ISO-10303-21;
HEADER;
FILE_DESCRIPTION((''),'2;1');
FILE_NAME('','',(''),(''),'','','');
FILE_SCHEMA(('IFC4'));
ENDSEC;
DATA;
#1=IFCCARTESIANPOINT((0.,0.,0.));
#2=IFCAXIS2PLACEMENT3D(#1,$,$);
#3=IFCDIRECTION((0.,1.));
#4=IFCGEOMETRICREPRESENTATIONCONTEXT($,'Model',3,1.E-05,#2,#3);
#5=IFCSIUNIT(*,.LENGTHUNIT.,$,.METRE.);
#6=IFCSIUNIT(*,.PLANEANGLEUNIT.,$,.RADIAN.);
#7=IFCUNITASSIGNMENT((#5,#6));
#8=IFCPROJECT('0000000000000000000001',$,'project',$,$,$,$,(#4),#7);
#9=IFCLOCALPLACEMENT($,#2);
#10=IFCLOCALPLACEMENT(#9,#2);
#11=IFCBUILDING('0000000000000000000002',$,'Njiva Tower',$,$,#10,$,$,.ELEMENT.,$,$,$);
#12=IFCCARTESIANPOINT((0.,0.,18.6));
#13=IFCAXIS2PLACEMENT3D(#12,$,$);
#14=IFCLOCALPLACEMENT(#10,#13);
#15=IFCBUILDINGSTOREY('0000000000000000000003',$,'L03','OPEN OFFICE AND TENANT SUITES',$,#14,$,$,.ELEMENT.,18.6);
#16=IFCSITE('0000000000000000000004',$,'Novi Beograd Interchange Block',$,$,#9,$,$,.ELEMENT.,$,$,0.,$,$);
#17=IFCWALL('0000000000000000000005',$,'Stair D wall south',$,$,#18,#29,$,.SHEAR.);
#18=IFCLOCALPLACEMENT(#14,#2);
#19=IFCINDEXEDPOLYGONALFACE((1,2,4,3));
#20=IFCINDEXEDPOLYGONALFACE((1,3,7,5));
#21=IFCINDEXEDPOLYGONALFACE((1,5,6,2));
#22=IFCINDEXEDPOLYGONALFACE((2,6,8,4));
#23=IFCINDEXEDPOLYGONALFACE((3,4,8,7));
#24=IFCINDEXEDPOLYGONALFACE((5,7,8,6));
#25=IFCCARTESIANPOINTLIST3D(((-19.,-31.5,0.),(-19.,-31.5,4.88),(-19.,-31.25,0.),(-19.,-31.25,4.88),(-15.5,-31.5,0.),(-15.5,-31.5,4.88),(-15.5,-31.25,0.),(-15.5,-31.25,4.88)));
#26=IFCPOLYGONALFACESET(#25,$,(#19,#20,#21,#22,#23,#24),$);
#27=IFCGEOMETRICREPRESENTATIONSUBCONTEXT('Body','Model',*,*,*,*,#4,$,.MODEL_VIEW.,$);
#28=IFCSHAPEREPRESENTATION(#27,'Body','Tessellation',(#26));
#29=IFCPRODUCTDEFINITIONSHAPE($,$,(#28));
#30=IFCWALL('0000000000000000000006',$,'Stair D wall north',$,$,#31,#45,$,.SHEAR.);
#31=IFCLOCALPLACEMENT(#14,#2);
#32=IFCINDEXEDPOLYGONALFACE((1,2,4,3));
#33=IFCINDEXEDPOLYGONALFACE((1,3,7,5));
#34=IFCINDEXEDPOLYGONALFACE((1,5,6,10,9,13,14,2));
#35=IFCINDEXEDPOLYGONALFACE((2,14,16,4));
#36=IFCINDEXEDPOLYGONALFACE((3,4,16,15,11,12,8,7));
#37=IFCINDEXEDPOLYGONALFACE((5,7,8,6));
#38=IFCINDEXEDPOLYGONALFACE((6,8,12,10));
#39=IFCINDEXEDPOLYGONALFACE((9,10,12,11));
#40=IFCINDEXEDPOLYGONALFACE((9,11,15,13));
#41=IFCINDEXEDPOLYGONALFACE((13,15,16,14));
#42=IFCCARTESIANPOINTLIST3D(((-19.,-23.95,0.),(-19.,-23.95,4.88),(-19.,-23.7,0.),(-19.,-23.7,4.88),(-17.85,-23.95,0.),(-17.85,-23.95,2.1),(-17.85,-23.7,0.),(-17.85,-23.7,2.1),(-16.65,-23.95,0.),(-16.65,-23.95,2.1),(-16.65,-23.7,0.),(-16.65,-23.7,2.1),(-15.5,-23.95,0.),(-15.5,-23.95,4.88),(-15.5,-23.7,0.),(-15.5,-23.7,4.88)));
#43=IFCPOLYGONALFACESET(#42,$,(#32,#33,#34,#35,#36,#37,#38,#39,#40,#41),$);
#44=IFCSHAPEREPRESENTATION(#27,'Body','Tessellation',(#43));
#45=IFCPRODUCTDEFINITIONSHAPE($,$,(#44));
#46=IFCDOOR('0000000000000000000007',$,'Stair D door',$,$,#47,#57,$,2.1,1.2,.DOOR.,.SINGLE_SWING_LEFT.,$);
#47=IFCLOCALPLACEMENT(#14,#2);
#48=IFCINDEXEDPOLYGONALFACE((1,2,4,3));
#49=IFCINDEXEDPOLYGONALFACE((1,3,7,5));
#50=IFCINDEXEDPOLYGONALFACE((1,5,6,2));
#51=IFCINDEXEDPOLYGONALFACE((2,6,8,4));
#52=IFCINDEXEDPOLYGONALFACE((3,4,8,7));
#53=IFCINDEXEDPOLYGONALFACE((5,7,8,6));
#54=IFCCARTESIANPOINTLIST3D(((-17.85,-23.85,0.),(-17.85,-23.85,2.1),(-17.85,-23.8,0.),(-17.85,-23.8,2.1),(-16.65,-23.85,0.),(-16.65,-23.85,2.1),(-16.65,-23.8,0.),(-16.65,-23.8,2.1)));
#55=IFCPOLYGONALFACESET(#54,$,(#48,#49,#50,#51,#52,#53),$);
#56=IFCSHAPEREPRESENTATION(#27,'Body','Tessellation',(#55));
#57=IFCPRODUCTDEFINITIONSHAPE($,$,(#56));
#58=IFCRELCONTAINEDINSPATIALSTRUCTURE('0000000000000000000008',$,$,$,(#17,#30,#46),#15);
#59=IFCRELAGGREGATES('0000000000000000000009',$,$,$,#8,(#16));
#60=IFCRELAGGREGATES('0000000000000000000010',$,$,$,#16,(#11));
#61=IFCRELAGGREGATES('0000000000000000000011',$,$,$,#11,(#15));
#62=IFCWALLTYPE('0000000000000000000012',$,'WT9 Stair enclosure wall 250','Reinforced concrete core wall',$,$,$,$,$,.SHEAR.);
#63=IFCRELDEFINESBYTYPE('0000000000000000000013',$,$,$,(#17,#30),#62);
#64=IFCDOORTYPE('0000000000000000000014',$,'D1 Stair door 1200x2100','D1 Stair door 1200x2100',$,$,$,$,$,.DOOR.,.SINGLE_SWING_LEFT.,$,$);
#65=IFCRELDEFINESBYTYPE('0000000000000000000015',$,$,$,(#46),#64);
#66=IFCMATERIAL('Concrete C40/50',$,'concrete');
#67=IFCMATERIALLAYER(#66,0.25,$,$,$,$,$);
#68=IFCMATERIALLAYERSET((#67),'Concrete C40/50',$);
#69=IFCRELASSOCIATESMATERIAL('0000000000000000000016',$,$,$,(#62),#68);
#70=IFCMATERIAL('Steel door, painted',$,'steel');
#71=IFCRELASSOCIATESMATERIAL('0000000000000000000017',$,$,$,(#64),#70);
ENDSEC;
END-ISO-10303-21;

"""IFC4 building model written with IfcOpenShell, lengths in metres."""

from ifc_helpers import new_model, si_unit, direction, frame, frame_2d, origin, place, context, subcontext, project, spatial, rectangle, extrude, material, layer, layer_set, type_object, element, fill, save


model = new_model("IFC4")

# Units and contexts
model_context = context("Model", 3, precision=1e-05, world=origin(), true_north=direction((0.0, 1.0)))
body_context = subcontext(model_context, "Body", "Model", "MODEL_VIEW")
ifc_project = project(units=[si_unit("LENGTHUNIT", "METRE"), si_unit("PLANEANGLEUNIT", "RADIAN")], contexts=[model_context])

# Site, building, storey
site_placement = place(None, origin())
site = spatial("IfcSite", under=ifc_project, at=site_placement, Name="Novi Beograd Interchange Block", CompositionType="ELEMENT", RefElevation=0.0)
building_placement = place(site_placement, origin())
building = spatial("IfcBuilding", under=site, at=building_placement, Name="Njiva Tower", CompositionType="ELEMENT")
storey_placement = place(building_placement, frame((0.0, 0.0, 18.6)))
storey = spatial("IfcBuildingStorey", under=building, at=storey_placement, Name="L03", Description="OPEN OFFICE AND TENANT SUITES", CompositionType="ELEMENT", Elevation=18.6)

# Wall
ifc_material_1 = material(Name="Concrete C40/50", Category="concrete")
ifc_layer_1 = layer(ifc_material_1, 0.25)
ifc_layer_set_1 = layer_set([ifc_layer_1], Name="Concrete C40/50")
wall_type_1 = type_object("IfcWallType", Name="WT9 Stair enclosure wall 250", Description="Reinforced concrete core wall", PredefinedType="SHEAR", material=ifc_layer_set_1)
wall_1_placement = place(storey_placement, frame((-19.0, -31.375, 0.0), z_axis=(0.0, 0.0, 1.0), x_axis=(1.0, 0.0, 0.0)))
element("IfcWall", 1, at=wall_1_placement, inside=storey, type_object=wall_type_1, Name="Stair D wall south", PredefinedType="SHEAR", context=body_context, shape_type="SweptSolid", body=[
    extrude(rectangle(XDim=3.5, YDim=0.25, at=frame_2d((1.75, 0.0))), origin(), (0.0, 0.0, 1.0), 4.88),
])

# Wall, opening, door
wall_2_placement = place(storey_placement, frame((-19.0, -23.825, 0.0), z_axis=(0.0, 0.0, 1.0), x_axis=(1.0, 0.0, 0.0)))
wall_2 = element("IfcWall", 2, at=wall_2_placement, inside=storey, type_object=wall_type_1, Name="Stair D wall north", PredefinedType="SHEAR", context=body_context, shape_type="SweptSolid", body=[
    extrude(rectangle(XDim=3.5, YDim=0.25, at=frame_2d((1.75, 0.0))), origin(), (0.0, 0.0, 1.0), 4.88),
])
opening_1_placement = place(wall_2_placement, frame((1.15, 0.0, 0.0)))
opening_1 = element("IfcOpeningElement", 3, at=opening_1_placement, cuts=wall_2, PredefinedType="OPENING", context=body_context, shape_type="SweptSolid", body=[
    extrude(rectangle(XDim=1.2, YDim=2.1, at=frame_2d((0.6, 1.05))), frame((0.0, 0.135, 0.0), z_axis=(0.0, -1.0, 0.0), x_axis=(1.0, 0.0, 0.0)), (0.0, 0.0, 1.0), 0.27),
])
ifc_material_2 = material(Name="Steel door, painted", Category="steel")
door_type_1 = type_object("IfcDoorType", Name="D1 Stair door 1200x2100", Description="D1 Stair door 1200x2100", OperationType="SINGLE_SWING_LEFT", PredefinedType="DOOR", material=ifc_material_2)
door_1_placement = place(opening_1_placement, origin())
door_1 = element("IfcDoor", 4, at=door_1_placement, inside=storey, type_object=door_type_1, Name="Stair D door", OperationType="SINGLE_SWING_LEFT", OverallHeight=2.1, OverallWidth=1.2, PredefinedType="DOOR", context=body_context, shape_type="SweptSolid", body=[
    extrude(rectangle(XDim=1.2, YDim=2.1, at=frame_2d((0.6, 1.05))), frame((0.0, 0.025, 0.0), z_axis=(0.0, -1.0, 0.0), x_axis=(1.0, 0.0, 0.0)), (0.0, 0.0, 1.0), 0.05),
])
fill(opening_1, door_1)

save(model, "model.ifc")
